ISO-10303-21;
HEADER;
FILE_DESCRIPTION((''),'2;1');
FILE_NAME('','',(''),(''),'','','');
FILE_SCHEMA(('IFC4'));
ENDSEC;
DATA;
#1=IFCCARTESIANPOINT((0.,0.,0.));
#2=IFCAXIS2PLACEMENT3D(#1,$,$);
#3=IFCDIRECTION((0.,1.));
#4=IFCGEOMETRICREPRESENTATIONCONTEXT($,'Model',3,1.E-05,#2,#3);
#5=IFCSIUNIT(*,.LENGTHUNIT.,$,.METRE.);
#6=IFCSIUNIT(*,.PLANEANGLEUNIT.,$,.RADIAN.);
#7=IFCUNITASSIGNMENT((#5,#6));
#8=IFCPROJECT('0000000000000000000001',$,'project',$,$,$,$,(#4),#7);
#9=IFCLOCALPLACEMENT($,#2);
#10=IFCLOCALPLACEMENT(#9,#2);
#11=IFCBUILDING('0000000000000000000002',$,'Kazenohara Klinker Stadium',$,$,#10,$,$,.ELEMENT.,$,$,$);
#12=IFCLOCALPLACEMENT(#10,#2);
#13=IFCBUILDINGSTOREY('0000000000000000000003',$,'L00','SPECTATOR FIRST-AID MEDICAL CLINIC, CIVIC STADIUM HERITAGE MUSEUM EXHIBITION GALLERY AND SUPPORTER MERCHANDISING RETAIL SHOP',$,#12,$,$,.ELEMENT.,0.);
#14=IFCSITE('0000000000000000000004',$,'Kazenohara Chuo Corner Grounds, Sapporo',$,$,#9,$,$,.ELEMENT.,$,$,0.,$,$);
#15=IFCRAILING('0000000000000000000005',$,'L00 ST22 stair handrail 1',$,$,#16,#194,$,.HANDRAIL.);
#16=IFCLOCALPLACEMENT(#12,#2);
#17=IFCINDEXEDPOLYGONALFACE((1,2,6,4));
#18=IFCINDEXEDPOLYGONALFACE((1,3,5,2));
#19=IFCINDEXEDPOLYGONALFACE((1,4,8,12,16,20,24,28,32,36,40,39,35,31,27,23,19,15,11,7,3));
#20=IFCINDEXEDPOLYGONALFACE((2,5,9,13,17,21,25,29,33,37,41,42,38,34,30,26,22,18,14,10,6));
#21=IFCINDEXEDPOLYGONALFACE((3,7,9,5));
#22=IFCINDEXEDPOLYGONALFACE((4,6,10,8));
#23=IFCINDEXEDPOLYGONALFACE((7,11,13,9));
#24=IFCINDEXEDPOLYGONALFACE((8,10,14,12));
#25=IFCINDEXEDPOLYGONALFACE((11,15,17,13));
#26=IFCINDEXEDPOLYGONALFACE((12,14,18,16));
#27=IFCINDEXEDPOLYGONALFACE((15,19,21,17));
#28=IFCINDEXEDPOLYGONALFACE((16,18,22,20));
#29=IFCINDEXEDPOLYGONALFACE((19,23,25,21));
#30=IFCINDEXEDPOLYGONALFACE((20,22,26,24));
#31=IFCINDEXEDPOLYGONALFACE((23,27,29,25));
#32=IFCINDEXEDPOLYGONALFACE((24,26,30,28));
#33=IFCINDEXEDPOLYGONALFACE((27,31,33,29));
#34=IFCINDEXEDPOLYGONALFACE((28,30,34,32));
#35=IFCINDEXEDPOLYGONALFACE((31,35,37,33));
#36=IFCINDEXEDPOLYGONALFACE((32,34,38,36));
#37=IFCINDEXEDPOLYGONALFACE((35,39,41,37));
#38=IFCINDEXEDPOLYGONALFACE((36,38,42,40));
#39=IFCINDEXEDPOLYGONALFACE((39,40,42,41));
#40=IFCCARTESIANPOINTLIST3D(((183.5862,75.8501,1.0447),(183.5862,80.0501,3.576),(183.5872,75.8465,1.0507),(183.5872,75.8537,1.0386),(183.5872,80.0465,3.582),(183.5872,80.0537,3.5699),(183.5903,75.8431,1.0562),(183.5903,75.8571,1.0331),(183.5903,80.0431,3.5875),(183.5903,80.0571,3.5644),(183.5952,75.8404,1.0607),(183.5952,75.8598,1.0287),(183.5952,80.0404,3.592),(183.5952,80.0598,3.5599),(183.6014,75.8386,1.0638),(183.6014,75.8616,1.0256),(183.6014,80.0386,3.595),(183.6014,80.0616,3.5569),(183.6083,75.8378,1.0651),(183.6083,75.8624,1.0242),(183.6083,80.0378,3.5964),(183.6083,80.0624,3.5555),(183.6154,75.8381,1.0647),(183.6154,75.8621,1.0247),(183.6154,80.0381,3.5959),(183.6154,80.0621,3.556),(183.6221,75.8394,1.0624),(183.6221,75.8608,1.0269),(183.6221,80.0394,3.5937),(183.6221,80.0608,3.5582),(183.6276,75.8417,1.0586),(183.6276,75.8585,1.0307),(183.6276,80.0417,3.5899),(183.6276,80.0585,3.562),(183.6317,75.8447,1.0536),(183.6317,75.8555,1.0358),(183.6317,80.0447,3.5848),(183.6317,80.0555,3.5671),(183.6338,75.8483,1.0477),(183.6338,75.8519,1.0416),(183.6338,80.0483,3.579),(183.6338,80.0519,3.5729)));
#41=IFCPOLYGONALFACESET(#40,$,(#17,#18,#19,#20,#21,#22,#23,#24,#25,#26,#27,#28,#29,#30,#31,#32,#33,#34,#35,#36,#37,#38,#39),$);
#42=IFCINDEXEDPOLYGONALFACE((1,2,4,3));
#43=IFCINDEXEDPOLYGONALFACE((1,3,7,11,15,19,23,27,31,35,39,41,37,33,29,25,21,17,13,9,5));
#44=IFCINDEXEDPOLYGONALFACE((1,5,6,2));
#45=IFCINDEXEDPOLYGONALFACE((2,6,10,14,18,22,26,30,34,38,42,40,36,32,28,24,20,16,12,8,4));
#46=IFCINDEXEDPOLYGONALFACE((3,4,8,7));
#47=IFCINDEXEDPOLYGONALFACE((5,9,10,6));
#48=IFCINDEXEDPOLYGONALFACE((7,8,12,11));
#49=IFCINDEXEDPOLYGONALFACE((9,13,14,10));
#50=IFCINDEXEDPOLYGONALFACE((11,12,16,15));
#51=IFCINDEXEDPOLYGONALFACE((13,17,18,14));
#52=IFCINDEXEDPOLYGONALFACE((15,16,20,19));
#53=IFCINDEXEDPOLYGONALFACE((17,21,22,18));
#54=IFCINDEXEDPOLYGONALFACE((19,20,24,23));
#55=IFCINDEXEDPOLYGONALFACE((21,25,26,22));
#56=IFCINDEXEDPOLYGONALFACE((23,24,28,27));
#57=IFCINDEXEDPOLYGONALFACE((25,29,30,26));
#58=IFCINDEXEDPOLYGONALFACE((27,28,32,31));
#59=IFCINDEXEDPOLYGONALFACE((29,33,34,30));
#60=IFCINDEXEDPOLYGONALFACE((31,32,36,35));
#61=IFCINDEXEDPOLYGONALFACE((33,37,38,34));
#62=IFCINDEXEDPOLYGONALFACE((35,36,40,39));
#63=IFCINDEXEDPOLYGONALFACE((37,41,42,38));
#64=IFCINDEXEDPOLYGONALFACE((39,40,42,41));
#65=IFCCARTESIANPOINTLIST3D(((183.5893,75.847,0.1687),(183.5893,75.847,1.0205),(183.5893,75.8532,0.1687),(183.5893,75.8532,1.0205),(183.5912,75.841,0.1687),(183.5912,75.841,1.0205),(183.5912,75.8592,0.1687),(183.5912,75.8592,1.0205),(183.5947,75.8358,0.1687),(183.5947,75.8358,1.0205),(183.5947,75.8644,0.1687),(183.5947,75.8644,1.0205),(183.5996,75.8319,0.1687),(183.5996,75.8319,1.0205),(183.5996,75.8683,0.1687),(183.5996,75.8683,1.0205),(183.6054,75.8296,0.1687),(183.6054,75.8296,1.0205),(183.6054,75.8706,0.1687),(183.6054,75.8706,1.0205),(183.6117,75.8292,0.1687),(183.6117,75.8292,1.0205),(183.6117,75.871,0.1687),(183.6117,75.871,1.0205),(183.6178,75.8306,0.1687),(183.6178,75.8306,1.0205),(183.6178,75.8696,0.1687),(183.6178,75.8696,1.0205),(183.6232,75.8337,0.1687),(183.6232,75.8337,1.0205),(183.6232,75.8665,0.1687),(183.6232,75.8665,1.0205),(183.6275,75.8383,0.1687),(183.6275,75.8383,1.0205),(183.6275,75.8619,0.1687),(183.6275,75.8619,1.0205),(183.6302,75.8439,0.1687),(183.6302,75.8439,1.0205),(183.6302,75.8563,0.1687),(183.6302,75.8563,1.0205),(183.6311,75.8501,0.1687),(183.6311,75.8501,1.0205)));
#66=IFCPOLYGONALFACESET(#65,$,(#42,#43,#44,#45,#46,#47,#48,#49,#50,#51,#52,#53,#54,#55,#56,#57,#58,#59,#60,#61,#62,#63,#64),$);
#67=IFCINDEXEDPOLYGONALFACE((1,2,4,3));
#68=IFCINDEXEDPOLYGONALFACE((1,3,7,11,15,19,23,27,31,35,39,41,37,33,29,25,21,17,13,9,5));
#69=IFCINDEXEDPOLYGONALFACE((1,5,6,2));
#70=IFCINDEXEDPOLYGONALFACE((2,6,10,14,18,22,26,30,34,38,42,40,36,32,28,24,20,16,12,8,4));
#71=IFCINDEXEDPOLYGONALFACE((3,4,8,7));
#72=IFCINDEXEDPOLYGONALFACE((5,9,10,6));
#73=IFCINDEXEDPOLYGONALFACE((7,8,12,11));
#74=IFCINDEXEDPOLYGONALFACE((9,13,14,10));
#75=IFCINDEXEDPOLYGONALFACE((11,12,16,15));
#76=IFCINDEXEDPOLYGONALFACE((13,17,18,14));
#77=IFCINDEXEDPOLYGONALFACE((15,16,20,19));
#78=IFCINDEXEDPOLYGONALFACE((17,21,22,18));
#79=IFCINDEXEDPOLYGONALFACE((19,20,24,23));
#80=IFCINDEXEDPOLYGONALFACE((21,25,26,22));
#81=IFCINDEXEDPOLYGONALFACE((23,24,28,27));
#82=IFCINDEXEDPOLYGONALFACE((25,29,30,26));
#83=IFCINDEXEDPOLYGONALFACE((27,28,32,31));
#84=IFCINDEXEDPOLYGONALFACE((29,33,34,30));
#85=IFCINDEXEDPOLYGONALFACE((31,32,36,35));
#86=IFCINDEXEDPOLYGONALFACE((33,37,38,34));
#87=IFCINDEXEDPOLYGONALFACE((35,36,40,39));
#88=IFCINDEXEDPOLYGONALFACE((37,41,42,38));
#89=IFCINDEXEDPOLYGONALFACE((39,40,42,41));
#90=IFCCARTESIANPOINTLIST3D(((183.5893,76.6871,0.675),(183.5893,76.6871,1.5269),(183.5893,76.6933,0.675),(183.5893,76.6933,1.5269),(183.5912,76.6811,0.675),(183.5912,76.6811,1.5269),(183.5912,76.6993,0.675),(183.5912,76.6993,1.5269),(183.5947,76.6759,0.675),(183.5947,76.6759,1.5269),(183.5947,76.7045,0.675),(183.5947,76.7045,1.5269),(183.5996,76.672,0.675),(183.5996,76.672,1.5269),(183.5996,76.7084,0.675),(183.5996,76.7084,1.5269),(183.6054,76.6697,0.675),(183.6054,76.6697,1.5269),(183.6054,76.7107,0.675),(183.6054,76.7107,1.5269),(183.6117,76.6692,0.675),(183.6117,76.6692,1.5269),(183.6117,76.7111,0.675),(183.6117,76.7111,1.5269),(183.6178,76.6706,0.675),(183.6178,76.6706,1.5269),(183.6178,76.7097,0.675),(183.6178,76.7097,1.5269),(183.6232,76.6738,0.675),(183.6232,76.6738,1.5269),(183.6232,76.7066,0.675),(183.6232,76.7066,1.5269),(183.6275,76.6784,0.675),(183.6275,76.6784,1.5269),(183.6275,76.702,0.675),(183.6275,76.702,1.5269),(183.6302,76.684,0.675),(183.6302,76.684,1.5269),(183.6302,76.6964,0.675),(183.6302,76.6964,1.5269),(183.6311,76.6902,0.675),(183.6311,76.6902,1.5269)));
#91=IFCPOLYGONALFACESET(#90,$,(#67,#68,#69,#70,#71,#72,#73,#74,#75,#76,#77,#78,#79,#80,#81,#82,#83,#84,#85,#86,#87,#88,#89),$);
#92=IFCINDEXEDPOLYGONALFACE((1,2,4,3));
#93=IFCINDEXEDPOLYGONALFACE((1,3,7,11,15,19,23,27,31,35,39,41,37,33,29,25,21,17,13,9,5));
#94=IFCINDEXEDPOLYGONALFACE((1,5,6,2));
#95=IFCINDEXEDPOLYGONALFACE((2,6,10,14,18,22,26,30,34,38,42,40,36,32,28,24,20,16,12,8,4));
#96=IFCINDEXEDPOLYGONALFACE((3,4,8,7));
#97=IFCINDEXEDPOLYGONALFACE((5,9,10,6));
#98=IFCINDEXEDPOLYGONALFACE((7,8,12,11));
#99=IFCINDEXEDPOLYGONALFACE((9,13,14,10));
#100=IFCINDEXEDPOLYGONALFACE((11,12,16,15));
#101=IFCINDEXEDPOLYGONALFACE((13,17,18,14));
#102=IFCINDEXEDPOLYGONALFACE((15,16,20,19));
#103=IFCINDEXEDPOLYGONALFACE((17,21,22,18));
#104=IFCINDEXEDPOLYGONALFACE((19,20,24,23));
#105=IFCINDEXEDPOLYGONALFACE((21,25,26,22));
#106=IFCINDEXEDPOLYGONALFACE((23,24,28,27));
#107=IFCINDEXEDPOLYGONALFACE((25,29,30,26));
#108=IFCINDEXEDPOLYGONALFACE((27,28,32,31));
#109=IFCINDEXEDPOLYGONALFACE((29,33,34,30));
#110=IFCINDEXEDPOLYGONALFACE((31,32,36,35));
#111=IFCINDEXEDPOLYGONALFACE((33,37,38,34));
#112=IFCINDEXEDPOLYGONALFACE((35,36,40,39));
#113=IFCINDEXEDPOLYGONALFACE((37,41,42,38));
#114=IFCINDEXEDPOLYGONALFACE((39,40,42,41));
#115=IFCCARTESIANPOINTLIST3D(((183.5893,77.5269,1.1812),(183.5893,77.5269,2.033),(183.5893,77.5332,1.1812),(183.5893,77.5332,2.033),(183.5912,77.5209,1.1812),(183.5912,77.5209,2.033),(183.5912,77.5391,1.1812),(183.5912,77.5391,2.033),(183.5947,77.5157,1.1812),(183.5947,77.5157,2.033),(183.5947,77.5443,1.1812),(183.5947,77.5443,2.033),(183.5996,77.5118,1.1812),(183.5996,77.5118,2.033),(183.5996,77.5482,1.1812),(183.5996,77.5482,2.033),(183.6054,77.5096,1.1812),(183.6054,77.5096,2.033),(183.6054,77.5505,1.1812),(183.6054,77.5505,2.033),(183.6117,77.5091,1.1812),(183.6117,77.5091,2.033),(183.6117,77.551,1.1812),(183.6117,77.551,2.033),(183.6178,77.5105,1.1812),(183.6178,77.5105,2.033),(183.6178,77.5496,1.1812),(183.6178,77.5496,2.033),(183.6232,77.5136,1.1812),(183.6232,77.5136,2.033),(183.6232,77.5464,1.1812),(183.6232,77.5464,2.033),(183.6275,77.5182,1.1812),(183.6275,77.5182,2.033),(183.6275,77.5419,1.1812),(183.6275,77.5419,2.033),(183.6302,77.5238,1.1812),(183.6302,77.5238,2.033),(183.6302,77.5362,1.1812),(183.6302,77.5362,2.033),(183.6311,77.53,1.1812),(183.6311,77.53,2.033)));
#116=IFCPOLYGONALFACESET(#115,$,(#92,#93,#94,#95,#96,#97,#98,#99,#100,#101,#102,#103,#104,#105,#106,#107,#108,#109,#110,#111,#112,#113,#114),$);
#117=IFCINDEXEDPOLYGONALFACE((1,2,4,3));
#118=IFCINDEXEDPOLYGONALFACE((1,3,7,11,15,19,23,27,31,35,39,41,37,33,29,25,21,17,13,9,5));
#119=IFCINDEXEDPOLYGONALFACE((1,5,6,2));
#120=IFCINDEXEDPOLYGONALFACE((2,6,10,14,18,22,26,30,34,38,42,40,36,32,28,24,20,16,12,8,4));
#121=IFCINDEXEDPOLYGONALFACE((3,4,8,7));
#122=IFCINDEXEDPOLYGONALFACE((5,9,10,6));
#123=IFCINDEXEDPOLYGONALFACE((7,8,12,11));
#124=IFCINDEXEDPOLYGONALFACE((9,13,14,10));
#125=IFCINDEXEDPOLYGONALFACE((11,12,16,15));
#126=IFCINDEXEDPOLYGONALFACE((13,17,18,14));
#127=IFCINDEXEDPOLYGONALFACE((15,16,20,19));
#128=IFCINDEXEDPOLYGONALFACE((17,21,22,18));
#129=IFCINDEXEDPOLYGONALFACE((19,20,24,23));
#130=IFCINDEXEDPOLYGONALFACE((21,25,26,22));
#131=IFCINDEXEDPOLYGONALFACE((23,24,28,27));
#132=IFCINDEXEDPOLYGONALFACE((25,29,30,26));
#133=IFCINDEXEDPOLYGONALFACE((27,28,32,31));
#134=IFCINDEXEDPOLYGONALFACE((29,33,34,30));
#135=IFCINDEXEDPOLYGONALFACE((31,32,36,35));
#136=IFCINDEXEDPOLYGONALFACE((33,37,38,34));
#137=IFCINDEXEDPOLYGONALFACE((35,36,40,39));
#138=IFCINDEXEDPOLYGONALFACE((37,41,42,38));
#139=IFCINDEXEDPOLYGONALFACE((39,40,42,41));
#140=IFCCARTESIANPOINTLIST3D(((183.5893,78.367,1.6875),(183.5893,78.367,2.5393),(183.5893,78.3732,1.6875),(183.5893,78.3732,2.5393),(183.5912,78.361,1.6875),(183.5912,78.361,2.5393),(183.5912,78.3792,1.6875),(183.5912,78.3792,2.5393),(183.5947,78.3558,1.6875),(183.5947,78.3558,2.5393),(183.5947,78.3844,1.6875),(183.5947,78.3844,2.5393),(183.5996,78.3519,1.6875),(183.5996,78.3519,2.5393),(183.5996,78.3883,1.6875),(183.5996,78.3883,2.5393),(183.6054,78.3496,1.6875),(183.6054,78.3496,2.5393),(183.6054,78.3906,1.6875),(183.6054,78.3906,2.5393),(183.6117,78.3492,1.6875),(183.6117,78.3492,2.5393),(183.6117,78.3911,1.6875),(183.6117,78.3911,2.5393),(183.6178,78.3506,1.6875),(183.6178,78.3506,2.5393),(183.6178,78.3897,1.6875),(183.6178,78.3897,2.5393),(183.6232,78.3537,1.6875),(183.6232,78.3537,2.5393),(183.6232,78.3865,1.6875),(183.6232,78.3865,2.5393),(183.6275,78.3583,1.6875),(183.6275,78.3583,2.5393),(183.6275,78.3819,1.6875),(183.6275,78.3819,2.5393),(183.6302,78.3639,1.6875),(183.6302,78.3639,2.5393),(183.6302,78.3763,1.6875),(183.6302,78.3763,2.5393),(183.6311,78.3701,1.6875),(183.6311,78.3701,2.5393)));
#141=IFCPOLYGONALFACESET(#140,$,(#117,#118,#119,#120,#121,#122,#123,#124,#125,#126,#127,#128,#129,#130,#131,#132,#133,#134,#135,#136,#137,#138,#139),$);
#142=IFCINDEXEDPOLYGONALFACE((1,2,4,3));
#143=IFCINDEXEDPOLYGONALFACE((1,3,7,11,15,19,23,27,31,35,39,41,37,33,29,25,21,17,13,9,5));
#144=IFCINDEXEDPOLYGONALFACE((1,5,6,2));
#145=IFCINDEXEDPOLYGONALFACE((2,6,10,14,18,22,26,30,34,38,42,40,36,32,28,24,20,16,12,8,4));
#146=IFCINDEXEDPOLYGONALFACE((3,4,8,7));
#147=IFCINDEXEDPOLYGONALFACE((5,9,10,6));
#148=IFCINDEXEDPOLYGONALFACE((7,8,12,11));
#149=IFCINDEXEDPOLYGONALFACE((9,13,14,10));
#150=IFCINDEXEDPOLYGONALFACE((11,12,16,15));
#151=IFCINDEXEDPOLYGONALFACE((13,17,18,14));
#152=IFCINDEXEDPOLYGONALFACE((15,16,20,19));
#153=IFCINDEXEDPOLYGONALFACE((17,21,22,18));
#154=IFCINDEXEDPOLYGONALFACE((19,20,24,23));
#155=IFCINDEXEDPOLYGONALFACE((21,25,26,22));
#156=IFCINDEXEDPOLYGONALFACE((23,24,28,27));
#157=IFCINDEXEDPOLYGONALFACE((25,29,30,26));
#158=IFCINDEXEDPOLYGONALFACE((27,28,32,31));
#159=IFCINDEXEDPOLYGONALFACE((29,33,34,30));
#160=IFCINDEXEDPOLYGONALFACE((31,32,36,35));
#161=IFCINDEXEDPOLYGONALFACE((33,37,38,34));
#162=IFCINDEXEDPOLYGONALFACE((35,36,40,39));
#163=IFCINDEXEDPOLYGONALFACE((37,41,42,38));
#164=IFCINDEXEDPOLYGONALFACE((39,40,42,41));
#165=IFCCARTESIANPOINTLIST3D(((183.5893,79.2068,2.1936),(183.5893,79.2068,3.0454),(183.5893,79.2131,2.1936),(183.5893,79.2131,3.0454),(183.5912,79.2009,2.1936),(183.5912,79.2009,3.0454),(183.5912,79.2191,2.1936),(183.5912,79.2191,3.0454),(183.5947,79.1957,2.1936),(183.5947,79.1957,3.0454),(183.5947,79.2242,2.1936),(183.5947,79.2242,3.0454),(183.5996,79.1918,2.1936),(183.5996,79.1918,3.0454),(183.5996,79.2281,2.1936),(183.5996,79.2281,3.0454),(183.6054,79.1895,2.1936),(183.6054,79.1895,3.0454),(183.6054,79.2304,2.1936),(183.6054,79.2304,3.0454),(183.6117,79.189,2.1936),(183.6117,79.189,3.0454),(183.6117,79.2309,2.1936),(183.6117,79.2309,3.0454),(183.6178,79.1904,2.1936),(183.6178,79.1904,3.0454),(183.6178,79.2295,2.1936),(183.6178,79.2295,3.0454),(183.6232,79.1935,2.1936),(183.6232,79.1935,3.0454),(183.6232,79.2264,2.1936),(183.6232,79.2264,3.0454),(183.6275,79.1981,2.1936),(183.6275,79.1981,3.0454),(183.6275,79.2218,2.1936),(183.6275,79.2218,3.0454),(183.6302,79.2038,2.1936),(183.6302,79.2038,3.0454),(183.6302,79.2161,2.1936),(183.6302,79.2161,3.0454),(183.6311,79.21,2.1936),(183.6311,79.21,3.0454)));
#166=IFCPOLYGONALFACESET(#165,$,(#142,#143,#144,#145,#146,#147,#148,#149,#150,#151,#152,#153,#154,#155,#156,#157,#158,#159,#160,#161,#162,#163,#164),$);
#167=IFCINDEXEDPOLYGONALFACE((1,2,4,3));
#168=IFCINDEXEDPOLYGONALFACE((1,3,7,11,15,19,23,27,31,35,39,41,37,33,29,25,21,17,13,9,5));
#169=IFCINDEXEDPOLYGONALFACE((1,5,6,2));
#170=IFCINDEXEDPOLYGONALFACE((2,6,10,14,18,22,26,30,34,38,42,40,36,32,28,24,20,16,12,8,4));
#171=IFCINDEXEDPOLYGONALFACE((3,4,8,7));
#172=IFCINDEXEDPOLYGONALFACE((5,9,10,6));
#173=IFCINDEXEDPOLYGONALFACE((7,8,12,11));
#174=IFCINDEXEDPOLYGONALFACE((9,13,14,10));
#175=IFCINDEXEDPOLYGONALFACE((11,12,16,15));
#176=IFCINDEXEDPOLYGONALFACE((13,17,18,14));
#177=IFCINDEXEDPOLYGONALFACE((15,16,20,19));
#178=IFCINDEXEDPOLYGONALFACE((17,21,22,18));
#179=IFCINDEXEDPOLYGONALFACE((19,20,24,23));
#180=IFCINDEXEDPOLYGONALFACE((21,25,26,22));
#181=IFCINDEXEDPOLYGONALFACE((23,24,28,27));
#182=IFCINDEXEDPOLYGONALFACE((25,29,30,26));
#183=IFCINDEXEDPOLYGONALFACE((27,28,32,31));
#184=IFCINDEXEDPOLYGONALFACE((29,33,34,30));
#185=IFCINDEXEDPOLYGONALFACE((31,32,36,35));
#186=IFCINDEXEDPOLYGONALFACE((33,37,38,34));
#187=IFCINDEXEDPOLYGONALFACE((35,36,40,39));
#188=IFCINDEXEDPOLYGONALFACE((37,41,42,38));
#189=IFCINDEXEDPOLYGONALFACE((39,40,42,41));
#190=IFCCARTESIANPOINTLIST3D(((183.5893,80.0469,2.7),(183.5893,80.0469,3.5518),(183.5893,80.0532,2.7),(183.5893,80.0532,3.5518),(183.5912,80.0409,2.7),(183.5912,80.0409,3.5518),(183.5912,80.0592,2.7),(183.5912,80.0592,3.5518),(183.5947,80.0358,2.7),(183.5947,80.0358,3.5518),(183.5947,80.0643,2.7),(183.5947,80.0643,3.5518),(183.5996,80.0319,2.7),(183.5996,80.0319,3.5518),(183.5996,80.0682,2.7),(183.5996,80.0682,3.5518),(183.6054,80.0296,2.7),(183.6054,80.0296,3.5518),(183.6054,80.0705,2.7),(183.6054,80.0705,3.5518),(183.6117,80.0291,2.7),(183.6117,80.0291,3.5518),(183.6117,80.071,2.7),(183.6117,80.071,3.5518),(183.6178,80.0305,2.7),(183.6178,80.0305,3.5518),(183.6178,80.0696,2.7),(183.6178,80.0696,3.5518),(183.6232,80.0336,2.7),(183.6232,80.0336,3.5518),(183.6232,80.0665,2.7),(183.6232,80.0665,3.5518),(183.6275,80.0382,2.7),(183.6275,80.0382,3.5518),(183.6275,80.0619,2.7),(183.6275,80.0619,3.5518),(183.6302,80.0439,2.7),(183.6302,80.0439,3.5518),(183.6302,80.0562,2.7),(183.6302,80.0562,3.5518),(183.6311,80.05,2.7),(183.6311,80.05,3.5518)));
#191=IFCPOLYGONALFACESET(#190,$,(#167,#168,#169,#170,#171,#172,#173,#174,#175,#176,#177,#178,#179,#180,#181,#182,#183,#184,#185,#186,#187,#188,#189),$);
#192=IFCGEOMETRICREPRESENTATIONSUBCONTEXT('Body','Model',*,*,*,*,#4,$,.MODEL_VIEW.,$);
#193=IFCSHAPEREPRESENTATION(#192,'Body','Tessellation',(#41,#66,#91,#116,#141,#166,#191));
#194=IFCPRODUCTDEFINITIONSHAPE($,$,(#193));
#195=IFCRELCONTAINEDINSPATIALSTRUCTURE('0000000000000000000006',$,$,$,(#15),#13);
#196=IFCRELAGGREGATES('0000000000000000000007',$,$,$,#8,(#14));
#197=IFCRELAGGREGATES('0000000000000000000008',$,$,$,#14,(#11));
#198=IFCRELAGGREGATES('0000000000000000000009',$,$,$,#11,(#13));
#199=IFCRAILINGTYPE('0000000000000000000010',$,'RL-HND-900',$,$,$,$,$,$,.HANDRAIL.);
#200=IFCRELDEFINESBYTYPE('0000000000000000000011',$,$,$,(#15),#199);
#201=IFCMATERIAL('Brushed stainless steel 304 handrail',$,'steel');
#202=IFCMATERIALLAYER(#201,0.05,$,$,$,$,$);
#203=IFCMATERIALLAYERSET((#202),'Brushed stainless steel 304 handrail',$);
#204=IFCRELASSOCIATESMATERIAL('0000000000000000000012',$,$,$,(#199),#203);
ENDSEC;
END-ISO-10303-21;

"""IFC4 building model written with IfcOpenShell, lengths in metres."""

from ifc_helpers import new_model, si_unit, direction, frame, origin, origin_2d, place, context, subcontext, project, spatial, circle, extrude, material, layer, layer_set, type_object, element, save


model = new_model("IFC4")

# Units and contexts
model_context = context("Model", 3, precision=1e-05, world=origin(), true_north=direction((0.0, 1.0)))
body_context = subcontext(model_context, "Body", "Model", "MODEL_VIEW")
ifc_project = project(units=[si_unit("LENGTHUNIT", "METRE"), si_unit("PLANEANGLEUNIT", "RADIAN")], contexts=[model_context])

# Site, building, storey
site_placement = place(None, origin())
site = spatial("IfcSite", under=ifc_project, at=site_placement, Name="Kazenohara Chuo Corner Grounds, Sapporo", CompositionType="ELEMENT", RefElevation=0.0)
building_placement = place(site_placement, origin())
building = spatial("IfcBuilding", under=site, at=building_placement, Name="Kazenohara Klinker Stadium", CompositionType="ELEMENT")
storey_placement = place(building_placement, origin())
storey = spatial("IfcBuildingStorey", under=building, at=storey_placement, Name="L00", Description="SPECTATOR FIRST-AID MEDICAL CLINIC, CIVIC STADIUM HERITAGE MUSEUM EXHIBITION GALLERY AND SUPPORTER MERCHANDISING RETAIL SHOP", CompositionType="ELEMENT", Elevation=0.0)

# Railing
ifc_material_1 = material(Name="Brushed stainless steel 304 handrail", Category="steel")
ifc_layer_1 = layer(ifc_material_1, 0.05)
ifc_layer_set_1 = layer_set([ifc_layer_1], Name="Brushed stainless steel 304 handrail")
railing_type_1 = type_object("IfcRailingType", Name="RL-HND-900", PredefinedType="HANDRAIL", material=ifc_layer_set_1)
railing_1_placement = place(storey_placement, frame((183.6101, 75.8501, 0.1687)))
element("IfcRailing", 1, at=railing_1_placement, inside=storey, type_object=railing_type_1, Name="L00 ST22 stair handrail 1", PredefinedType="HANDRAIL", context=body_context, shape_type="SweptSolid", body=[
    extrude(circle(Radius=0.0239, at=origin_2d()), frame((0.0, 0.0, 0.876), z_axis=(0.0, 0.856476, 0.516186), x_axis=(-1.0, 0.0, 0.0)), (0.0, 0.0, 1.0), 4.9038),
    extrude(circle(Radius=0.021, at=origin_2d()), origin(), (0.0, 0.0, 1.0), 0.8518),
    extrude(circle(Radius=0.021, at=origin_2d()), frame((0.0, 0.8401, 0.5063)), (0.0, 0.0, 1.0), 0.8518),
    extrude(circle(Radius=0.021, at=origin_2d()), frame((0.0, 1.6799, 1.0125)), (0.0, 0.0, 1.0), 0.8518),
    extrude(circle(Radius=0.021, at=origin_2d()), frame((0.0, 2.52, 1.5188)), (0.0, 0.0, 1.0), 0.8518),
    extrude(circle(Radius=0.021, at=origin_2d()), frame((0.0, 3.3599, 2.0249)), (0.0, 0.0, 1.0), 0.8518),
    extrude(circle(Radius=0.021, at=origin_2d()), frame((0.0, 4.2, 2.5312)), (0.0, 0.0, 1.0), 0.8518),
])

save(model, "model.ifc")
